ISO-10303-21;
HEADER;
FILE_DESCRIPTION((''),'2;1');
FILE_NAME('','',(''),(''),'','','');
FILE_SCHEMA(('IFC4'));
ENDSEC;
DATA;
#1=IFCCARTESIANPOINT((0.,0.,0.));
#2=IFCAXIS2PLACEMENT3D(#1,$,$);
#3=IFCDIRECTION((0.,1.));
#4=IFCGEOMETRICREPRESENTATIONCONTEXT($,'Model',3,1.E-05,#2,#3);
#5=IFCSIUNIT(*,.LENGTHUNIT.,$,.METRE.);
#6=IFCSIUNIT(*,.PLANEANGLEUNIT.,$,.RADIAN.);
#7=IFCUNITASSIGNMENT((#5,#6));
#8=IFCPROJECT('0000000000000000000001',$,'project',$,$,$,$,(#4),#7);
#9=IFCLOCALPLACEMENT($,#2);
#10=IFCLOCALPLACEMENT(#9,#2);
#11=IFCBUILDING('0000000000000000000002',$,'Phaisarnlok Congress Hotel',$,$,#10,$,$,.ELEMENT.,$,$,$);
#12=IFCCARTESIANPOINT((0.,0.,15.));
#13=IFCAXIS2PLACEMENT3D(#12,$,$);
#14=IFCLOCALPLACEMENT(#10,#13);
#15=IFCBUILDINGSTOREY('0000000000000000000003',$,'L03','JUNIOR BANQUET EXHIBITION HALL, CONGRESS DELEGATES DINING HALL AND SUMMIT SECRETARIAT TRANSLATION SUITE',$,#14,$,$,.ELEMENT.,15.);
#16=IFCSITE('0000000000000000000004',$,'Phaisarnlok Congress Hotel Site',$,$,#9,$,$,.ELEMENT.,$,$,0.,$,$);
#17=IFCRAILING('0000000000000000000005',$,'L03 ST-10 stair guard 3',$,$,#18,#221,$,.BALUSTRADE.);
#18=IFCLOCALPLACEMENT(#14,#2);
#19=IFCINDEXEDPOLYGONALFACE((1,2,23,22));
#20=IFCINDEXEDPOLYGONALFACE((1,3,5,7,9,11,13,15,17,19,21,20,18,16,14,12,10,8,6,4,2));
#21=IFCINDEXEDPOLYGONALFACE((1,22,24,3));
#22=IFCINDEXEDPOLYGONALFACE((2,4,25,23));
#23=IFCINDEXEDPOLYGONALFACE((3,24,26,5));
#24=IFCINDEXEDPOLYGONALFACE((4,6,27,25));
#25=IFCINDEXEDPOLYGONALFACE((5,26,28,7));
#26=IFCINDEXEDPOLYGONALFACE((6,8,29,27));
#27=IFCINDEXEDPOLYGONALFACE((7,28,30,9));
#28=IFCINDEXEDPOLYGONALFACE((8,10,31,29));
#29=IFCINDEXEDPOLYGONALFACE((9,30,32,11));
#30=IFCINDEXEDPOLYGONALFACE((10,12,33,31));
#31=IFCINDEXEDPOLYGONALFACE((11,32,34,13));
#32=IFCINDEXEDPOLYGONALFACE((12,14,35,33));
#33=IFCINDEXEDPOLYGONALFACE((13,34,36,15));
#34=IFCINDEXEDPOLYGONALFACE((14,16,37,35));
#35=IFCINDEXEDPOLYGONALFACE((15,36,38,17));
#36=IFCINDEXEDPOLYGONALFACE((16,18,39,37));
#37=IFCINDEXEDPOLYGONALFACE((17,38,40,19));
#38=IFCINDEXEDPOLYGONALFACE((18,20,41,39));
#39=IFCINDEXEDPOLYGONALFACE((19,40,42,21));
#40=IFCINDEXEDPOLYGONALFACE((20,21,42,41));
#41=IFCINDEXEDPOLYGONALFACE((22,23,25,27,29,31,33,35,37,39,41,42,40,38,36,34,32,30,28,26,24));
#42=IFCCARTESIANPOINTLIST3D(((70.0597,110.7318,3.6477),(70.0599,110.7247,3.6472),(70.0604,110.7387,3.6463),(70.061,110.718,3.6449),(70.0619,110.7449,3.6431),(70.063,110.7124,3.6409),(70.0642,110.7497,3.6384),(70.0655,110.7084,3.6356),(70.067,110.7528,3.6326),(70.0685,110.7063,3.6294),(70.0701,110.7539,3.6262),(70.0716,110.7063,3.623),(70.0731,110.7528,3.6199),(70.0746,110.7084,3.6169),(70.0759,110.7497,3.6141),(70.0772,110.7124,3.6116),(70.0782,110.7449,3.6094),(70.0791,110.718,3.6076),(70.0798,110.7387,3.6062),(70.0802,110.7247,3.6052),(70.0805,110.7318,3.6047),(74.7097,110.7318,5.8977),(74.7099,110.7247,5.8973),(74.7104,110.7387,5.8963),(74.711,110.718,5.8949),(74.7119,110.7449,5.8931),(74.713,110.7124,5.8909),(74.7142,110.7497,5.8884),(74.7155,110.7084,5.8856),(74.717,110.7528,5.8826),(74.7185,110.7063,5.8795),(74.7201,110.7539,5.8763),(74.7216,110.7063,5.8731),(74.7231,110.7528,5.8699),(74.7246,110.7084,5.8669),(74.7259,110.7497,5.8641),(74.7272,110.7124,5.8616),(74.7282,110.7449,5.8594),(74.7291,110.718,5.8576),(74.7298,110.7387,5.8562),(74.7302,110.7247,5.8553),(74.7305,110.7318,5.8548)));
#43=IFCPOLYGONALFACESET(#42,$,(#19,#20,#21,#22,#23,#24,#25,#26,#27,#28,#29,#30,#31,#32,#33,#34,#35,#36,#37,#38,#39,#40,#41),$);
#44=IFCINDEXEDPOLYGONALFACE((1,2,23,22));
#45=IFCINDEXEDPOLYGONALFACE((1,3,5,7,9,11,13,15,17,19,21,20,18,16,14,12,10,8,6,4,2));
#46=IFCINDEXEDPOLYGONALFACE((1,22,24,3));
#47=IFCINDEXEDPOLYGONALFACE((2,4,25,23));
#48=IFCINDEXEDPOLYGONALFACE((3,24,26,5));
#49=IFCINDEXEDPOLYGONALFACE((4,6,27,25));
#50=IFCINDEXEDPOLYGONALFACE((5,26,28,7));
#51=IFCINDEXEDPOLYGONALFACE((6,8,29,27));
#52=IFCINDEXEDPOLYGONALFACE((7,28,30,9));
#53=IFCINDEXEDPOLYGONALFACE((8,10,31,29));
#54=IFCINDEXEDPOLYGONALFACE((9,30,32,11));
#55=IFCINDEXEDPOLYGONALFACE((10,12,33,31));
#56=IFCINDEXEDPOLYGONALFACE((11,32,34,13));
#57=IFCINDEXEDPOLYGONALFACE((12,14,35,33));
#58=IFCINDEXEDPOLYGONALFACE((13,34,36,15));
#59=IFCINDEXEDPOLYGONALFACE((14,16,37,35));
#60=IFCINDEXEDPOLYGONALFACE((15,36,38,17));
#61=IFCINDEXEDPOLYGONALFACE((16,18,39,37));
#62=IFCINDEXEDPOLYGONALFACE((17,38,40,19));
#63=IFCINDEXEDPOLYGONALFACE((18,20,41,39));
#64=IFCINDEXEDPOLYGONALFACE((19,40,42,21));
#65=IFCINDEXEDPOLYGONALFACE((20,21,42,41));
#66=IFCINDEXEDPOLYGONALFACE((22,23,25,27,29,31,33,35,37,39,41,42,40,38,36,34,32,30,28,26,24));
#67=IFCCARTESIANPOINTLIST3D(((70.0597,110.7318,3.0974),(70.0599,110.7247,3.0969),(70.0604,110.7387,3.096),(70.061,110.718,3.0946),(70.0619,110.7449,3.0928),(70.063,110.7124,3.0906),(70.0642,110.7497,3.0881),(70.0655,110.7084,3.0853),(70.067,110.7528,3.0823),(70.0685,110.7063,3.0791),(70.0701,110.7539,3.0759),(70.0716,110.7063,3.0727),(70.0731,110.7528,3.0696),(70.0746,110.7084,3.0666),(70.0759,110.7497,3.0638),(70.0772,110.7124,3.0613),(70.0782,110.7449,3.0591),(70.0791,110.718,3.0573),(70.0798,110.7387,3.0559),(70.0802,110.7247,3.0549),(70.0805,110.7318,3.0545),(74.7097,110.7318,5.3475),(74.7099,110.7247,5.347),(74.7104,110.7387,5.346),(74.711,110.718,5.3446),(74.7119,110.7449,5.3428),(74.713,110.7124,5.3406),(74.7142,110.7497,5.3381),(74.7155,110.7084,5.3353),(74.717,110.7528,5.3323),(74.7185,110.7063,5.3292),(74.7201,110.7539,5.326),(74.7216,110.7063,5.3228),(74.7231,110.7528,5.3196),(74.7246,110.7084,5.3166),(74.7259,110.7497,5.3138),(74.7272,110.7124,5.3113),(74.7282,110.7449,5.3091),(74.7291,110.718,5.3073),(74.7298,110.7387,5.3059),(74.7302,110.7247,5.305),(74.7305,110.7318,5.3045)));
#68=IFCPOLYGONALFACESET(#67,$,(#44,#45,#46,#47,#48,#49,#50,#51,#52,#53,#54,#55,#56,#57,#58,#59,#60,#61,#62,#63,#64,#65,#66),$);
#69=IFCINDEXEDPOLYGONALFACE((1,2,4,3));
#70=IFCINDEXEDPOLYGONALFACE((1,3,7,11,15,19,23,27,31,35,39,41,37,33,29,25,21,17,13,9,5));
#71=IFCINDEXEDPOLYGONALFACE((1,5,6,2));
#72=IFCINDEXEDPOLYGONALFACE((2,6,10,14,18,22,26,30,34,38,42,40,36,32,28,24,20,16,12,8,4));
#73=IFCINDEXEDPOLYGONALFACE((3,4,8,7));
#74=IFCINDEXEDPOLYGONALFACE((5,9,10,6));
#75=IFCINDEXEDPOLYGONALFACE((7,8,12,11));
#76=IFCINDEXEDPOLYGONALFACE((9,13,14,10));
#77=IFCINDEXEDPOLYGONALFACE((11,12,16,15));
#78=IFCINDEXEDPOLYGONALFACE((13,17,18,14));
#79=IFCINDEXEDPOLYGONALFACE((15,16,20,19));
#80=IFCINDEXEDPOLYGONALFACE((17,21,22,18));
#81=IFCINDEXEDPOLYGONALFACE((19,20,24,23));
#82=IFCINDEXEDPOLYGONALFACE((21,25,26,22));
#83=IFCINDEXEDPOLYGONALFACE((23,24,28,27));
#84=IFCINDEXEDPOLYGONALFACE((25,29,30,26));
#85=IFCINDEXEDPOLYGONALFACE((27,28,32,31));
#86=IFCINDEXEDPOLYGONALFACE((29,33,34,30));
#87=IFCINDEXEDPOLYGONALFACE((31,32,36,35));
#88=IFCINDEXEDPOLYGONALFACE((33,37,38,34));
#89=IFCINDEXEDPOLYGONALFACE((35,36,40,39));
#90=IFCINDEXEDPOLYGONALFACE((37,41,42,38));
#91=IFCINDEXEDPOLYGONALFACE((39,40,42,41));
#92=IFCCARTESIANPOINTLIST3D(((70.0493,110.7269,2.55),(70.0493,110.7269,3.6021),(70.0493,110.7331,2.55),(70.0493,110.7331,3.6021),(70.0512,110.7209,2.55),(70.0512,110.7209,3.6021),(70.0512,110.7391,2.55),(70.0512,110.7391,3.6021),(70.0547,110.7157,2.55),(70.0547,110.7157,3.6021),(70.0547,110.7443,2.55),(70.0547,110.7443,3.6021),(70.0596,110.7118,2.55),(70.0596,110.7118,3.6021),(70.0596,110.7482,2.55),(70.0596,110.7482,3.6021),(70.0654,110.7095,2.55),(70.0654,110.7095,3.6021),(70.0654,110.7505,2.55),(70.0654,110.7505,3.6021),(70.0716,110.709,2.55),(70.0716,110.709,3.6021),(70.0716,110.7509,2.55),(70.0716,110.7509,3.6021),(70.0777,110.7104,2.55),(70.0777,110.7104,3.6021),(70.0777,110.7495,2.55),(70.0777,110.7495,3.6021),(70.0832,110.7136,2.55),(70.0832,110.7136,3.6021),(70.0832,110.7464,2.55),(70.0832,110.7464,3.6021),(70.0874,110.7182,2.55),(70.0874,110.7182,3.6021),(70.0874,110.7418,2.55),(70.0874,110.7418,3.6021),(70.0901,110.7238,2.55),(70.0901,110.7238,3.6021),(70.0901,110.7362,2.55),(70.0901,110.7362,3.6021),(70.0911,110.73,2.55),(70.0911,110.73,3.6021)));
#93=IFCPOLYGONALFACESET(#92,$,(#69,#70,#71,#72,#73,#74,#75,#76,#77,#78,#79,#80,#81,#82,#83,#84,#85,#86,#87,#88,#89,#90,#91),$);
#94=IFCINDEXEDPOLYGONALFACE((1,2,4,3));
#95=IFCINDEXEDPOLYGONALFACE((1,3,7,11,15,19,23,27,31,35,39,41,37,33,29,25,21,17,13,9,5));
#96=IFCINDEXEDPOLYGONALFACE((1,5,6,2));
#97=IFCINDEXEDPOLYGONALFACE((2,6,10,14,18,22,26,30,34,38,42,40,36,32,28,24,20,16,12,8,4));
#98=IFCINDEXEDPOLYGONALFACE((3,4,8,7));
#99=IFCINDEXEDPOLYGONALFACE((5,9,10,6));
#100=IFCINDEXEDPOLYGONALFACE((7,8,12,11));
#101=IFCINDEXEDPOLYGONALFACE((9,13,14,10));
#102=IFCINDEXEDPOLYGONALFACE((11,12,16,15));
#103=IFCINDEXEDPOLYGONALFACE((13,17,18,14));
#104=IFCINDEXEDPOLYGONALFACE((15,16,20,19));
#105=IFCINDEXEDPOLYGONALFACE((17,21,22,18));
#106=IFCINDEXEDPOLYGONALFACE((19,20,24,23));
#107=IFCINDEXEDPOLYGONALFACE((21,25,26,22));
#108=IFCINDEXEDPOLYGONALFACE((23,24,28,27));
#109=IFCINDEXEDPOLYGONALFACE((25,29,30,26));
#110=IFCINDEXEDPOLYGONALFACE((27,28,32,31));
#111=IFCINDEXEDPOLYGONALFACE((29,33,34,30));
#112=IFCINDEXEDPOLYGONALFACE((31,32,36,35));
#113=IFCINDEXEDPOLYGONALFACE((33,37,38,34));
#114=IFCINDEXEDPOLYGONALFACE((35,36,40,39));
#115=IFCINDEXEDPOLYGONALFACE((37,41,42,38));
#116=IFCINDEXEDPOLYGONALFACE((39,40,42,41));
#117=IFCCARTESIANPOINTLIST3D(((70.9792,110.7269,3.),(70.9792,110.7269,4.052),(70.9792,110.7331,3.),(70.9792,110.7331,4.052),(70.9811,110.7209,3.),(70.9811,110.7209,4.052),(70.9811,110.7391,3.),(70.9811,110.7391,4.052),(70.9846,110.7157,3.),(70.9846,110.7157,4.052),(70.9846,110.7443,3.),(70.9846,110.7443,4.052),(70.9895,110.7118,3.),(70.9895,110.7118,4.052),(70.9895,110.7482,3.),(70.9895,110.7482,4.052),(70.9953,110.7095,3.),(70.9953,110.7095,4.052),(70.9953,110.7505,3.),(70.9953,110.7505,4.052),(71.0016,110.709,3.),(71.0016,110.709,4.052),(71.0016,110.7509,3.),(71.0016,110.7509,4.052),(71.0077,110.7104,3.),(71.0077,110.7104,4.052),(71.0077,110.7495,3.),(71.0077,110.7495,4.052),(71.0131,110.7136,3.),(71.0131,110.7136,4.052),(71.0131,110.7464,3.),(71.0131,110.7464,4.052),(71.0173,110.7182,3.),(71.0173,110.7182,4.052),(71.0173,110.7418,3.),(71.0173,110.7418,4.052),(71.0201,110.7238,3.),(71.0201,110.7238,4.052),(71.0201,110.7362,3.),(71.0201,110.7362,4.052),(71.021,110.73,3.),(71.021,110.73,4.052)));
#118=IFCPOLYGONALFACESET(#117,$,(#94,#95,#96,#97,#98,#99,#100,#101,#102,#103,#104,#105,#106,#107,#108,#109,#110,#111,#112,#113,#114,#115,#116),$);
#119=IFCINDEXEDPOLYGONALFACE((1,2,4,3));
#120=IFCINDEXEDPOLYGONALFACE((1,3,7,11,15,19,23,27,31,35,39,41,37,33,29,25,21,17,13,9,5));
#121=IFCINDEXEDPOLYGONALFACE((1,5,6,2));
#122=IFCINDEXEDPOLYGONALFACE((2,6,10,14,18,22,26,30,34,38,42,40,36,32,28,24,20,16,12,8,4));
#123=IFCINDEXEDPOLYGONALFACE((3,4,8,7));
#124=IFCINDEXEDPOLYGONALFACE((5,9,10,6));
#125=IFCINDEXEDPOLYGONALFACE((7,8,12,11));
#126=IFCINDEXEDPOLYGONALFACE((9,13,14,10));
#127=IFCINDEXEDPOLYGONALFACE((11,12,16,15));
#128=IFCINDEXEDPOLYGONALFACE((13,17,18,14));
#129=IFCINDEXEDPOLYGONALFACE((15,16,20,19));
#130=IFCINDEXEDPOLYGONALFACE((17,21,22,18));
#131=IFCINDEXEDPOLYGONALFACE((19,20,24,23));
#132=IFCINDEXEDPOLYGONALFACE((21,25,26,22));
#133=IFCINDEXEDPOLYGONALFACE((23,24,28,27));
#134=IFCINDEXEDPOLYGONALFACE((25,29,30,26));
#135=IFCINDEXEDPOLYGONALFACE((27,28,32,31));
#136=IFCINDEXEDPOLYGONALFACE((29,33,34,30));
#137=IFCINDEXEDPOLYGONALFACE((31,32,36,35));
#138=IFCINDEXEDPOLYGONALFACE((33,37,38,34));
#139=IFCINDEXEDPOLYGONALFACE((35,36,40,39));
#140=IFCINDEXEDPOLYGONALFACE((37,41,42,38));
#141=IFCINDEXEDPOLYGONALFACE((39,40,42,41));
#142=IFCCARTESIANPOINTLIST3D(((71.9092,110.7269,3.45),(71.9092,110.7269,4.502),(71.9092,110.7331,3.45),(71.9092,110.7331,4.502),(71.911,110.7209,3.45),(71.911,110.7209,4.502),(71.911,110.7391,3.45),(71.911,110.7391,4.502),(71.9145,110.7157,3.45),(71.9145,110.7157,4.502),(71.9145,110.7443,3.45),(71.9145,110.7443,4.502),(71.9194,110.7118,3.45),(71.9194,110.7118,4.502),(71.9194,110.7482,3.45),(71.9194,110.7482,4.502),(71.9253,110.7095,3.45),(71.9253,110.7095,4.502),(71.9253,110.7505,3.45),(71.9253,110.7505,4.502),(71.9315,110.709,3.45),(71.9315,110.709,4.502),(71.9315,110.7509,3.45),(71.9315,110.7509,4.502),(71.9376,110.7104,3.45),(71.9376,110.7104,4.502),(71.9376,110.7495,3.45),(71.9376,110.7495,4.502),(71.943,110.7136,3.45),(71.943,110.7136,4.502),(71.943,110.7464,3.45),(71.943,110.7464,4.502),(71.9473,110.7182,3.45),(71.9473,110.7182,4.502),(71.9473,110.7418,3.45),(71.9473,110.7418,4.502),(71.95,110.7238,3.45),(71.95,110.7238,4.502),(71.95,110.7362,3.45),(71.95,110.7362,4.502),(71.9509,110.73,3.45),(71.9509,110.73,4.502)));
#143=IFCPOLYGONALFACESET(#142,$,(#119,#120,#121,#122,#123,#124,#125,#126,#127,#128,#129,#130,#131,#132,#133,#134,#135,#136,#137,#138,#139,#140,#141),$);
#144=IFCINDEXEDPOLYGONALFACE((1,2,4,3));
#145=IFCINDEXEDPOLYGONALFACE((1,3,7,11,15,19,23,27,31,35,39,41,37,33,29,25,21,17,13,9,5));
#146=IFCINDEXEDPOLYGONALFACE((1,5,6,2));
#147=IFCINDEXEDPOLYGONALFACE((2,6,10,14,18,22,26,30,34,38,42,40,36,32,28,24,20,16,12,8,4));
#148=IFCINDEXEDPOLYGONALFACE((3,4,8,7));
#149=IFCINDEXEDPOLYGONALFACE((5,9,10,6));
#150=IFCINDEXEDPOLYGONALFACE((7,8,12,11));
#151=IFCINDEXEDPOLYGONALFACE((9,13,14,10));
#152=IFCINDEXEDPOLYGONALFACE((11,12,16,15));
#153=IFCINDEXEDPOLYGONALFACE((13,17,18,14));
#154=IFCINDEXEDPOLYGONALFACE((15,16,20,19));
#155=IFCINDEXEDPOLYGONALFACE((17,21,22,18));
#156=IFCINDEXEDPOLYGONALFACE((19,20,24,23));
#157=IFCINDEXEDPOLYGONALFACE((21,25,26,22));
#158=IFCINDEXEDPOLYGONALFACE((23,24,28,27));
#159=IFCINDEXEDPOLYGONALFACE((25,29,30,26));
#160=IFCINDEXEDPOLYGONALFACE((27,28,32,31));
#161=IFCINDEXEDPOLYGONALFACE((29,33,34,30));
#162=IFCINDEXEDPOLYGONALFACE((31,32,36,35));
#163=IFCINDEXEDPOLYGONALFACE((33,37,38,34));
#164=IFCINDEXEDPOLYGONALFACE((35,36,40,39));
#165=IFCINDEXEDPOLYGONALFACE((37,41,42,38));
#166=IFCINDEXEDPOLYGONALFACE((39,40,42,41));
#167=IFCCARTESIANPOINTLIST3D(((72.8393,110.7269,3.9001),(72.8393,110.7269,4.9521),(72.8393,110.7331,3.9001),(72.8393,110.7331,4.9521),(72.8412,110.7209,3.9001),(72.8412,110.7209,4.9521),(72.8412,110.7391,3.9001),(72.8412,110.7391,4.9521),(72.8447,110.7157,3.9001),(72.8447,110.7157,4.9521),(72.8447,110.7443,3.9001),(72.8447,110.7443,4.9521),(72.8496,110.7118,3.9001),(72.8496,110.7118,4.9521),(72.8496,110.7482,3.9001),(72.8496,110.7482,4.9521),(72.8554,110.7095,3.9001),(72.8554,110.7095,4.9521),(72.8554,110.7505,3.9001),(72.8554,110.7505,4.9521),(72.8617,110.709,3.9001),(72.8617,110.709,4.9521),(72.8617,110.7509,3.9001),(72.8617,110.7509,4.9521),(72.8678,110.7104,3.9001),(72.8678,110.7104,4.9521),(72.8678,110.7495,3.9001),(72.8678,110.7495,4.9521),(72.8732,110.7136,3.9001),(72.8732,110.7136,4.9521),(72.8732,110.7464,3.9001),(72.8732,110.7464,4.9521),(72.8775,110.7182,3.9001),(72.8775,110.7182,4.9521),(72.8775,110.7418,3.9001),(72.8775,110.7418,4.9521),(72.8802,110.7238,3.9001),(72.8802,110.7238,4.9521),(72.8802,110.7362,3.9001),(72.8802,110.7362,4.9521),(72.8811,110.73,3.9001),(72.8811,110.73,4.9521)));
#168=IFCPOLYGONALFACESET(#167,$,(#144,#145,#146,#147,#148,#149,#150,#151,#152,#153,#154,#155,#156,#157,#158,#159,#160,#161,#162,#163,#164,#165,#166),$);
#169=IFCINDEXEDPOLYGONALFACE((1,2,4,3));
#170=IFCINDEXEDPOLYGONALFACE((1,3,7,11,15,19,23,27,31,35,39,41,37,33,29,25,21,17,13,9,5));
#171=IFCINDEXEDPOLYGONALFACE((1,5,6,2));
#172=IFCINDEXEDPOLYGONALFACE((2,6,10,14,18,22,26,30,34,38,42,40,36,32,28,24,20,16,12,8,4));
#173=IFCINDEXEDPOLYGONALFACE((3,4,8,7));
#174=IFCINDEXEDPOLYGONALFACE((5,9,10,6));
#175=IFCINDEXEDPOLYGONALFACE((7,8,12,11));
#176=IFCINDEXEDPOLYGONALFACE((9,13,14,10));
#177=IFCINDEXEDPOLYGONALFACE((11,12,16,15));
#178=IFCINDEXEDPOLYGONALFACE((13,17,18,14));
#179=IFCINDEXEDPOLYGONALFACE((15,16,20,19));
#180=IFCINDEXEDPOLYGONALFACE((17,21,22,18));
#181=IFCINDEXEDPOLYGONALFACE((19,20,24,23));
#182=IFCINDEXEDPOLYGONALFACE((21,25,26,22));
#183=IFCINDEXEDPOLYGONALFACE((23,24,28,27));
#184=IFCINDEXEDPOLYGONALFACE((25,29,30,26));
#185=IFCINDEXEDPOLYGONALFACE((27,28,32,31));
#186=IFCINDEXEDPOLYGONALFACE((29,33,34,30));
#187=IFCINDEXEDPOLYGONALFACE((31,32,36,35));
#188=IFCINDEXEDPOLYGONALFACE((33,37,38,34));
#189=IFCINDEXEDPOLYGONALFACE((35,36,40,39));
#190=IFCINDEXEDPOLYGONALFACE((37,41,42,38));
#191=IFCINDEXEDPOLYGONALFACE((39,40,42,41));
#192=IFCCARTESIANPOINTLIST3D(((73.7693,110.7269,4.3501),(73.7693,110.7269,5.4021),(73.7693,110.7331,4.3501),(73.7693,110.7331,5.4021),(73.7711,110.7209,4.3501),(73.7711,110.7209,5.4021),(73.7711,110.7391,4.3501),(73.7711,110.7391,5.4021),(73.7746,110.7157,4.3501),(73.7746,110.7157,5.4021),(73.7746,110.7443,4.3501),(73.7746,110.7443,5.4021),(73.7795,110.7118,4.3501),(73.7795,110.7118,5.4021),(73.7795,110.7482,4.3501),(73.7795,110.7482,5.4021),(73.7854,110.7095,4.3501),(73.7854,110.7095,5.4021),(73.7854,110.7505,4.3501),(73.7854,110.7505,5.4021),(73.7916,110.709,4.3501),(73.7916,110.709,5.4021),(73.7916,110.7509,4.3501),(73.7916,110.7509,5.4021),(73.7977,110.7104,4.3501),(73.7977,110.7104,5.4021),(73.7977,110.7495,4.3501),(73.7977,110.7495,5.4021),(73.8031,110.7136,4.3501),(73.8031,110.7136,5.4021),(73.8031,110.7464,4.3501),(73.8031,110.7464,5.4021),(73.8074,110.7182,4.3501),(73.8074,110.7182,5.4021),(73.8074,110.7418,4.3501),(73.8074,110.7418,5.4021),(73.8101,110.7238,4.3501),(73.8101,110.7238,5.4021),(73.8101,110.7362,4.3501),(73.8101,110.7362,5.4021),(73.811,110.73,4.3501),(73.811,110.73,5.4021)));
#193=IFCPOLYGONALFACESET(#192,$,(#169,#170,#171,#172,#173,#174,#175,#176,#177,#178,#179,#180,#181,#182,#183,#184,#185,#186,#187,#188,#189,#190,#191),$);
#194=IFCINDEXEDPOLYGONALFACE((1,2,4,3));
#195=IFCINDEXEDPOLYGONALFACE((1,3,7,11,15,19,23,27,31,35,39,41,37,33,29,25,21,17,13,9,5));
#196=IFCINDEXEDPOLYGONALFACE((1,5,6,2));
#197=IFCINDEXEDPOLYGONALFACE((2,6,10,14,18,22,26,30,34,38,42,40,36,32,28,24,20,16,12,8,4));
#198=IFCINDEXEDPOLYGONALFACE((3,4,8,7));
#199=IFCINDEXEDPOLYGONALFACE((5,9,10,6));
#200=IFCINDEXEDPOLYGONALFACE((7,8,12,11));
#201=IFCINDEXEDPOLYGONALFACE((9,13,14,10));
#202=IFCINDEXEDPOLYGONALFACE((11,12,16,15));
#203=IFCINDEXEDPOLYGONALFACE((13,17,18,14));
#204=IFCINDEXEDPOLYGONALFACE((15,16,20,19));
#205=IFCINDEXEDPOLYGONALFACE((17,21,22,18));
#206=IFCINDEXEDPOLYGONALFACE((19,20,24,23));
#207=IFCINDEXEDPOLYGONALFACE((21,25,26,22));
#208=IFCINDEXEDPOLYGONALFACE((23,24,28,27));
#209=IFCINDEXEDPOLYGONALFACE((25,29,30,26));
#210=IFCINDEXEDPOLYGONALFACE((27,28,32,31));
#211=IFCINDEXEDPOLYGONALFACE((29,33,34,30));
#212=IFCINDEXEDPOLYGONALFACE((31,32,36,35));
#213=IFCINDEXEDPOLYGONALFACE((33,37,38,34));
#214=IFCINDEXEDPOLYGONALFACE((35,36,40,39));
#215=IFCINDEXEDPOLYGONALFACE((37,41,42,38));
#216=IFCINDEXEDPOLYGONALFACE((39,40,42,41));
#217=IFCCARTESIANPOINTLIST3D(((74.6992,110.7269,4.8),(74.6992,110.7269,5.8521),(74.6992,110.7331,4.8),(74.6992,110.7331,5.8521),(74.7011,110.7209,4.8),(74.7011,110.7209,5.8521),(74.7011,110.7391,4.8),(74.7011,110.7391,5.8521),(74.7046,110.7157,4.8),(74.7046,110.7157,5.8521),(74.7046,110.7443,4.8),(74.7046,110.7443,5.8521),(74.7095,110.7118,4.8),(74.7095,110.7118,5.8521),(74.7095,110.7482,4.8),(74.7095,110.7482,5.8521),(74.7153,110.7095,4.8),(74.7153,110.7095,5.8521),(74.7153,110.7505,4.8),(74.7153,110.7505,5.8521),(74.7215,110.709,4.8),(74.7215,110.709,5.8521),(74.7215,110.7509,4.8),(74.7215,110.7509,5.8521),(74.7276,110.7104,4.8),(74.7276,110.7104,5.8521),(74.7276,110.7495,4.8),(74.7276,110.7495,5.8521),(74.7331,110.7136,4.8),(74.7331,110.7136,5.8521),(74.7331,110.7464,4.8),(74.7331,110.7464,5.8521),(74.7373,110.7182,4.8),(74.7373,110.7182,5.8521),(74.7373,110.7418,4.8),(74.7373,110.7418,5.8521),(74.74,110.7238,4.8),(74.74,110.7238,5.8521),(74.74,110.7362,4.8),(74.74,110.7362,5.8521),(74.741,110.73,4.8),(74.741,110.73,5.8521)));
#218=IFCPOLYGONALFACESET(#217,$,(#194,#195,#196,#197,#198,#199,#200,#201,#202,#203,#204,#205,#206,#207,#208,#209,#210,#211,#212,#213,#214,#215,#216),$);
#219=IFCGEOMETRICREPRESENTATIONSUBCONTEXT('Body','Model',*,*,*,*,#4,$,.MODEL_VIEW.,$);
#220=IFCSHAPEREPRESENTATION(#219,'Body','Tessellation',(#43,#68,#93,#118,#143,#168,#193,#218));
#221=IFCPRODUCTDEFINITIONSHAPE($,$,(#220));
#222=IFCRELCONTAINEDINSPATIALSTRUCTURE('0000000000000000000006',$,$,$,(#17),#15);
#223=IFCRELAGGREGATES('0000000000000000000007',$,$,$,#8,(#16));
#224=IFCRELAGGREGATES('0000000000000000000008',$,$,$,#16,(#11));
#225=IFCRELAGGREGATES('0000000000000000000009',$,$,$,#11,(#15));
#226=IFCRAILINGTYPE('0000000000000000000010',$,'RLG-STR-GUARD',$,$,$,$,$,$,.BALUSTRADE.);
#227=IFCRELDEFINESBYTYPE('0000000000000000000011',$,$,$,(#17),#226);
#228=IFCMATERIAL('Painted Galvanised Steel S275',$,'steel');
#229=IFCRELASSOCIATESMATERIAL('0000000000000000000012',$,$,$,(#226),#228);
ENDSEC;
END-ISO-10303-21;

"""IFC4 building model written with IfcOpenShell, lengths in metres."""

from ifc_helpers import new_model, si_unit, direction, frame, origin, origin_2d, place, context, subcontext, project, spatial, circle, extrude, material, type_object, element, save


model = new_model("IFC4")

# Units and contexts
model_context = context("Model", 3, precision=1e-05, world=origin(), true_north=direction((0.0, 1.0)))
body_context = subcontext(model_context, "Body", "Model", "MODEL_VIEW")
ifc_project = project(units=[si_unit("LENGTHUNIT", "METRE"), si_unit("PLANEANGLEUNIT", "RADIAN")], contexts=[model_context])

# Site, building, storey
site_placement = place(None, origin())
site = spatial("IfcSite", under=ifc_project, at=site_placement, Name="Phaisarnlok Congress Hotel Site", CompositionType="ELEMENT", RefElevation=0.0)
building_placement = place(site_placement, origin())
building = spatial("IfcBuilding", under=site, at=building_placement, Name="Phaisarnlok Congress Hotel", CompositionType="ELEMENT")
storey_placement = place(building_placement, frame((0.0, 0.0, 15.0)))
storey = spatial("IfcBuildingStorey", under=building, at=storey_placement, Name="L03", Description="JUNIOR BANQUET EXHIBITION HALL, CONGRESS DELEGATES DINING HALL AND SUMMIT SECRETARIAT TRANSLATION SUITE", CompositionType="ELEMENT", Elevation=15.0)

# Railing
ifc_material_1 = material(Name="Painted Galvanised Steel S275", Category="steel")
railing_type_1 = type_object("IfcRailingType", Name="RLG-STR-GUARD", PredefinedType="BALUSTRADE", material=ifc_material_1)
railing_1_placement = place(storey_placement, frame((70.0701, 110.73, 2.55)))
element("IfcRailing", 1, at=railing_1_placement, inside=storey, type_object=railing_type_1, Name="L03 ST-10 stair guard 3", PredefinedType="BALUSTRADE", context=body_context, shape_type="SweptSolid", body=[
    extrude(circle(Radius=0.0239, at=origin_2d()), frame((0.0, 0.0, 1.0762), z_axis=(0.900156, 0.0, 0.435568), x_axis=(0.0, 1.0, 0.0)), (0.0, 0.0, 1.0), 5.1658),
    extrude(circle(Radius=0.0239, at=origin_2d()), frame((0.0, 0.0, 0.5259), z_axis=(0.900156, 0.0, 0.435568), x_axis=(0.0, 1.0, 0.0)), (0.0, 0.0, 1.0), 5.1658),
    extrude(circle(Radius=0.021, at=origin_2d()), origin(), (0.0, 0.0, 1.0), 1.052),
    extrude(circle(Radius=0.021, at=origin_2d()), frame((0.9299, 0.0, 0.45)), (0.0, 0.0, 1.0), 1.052),
    extrude(circle(Radius=0.021, at=origin_2d()), frame((1.8599, 0.0, 0.8999)), (0.0, 0.0, 1.0), 1.052),
    extrude(circle(Radius=0.021, at=origin_2d()), frame((2.79, 0.0, 1.3501)), (0.0, 0.0, 1.0), 1.052),
    extrude(circle(Radius=0.021, at=origin_2d()), frame((3.72, 0.0, 1.8)), (0.0, 0.0, 1.0), 1.052),
    extrude(circle(Radius=0.021, at=origin_2d()), frame((4.6499, 0.0, 2.25)), (0.0, 0.0, 1.0), 1.052),
])

save(model, "model.ifc")
